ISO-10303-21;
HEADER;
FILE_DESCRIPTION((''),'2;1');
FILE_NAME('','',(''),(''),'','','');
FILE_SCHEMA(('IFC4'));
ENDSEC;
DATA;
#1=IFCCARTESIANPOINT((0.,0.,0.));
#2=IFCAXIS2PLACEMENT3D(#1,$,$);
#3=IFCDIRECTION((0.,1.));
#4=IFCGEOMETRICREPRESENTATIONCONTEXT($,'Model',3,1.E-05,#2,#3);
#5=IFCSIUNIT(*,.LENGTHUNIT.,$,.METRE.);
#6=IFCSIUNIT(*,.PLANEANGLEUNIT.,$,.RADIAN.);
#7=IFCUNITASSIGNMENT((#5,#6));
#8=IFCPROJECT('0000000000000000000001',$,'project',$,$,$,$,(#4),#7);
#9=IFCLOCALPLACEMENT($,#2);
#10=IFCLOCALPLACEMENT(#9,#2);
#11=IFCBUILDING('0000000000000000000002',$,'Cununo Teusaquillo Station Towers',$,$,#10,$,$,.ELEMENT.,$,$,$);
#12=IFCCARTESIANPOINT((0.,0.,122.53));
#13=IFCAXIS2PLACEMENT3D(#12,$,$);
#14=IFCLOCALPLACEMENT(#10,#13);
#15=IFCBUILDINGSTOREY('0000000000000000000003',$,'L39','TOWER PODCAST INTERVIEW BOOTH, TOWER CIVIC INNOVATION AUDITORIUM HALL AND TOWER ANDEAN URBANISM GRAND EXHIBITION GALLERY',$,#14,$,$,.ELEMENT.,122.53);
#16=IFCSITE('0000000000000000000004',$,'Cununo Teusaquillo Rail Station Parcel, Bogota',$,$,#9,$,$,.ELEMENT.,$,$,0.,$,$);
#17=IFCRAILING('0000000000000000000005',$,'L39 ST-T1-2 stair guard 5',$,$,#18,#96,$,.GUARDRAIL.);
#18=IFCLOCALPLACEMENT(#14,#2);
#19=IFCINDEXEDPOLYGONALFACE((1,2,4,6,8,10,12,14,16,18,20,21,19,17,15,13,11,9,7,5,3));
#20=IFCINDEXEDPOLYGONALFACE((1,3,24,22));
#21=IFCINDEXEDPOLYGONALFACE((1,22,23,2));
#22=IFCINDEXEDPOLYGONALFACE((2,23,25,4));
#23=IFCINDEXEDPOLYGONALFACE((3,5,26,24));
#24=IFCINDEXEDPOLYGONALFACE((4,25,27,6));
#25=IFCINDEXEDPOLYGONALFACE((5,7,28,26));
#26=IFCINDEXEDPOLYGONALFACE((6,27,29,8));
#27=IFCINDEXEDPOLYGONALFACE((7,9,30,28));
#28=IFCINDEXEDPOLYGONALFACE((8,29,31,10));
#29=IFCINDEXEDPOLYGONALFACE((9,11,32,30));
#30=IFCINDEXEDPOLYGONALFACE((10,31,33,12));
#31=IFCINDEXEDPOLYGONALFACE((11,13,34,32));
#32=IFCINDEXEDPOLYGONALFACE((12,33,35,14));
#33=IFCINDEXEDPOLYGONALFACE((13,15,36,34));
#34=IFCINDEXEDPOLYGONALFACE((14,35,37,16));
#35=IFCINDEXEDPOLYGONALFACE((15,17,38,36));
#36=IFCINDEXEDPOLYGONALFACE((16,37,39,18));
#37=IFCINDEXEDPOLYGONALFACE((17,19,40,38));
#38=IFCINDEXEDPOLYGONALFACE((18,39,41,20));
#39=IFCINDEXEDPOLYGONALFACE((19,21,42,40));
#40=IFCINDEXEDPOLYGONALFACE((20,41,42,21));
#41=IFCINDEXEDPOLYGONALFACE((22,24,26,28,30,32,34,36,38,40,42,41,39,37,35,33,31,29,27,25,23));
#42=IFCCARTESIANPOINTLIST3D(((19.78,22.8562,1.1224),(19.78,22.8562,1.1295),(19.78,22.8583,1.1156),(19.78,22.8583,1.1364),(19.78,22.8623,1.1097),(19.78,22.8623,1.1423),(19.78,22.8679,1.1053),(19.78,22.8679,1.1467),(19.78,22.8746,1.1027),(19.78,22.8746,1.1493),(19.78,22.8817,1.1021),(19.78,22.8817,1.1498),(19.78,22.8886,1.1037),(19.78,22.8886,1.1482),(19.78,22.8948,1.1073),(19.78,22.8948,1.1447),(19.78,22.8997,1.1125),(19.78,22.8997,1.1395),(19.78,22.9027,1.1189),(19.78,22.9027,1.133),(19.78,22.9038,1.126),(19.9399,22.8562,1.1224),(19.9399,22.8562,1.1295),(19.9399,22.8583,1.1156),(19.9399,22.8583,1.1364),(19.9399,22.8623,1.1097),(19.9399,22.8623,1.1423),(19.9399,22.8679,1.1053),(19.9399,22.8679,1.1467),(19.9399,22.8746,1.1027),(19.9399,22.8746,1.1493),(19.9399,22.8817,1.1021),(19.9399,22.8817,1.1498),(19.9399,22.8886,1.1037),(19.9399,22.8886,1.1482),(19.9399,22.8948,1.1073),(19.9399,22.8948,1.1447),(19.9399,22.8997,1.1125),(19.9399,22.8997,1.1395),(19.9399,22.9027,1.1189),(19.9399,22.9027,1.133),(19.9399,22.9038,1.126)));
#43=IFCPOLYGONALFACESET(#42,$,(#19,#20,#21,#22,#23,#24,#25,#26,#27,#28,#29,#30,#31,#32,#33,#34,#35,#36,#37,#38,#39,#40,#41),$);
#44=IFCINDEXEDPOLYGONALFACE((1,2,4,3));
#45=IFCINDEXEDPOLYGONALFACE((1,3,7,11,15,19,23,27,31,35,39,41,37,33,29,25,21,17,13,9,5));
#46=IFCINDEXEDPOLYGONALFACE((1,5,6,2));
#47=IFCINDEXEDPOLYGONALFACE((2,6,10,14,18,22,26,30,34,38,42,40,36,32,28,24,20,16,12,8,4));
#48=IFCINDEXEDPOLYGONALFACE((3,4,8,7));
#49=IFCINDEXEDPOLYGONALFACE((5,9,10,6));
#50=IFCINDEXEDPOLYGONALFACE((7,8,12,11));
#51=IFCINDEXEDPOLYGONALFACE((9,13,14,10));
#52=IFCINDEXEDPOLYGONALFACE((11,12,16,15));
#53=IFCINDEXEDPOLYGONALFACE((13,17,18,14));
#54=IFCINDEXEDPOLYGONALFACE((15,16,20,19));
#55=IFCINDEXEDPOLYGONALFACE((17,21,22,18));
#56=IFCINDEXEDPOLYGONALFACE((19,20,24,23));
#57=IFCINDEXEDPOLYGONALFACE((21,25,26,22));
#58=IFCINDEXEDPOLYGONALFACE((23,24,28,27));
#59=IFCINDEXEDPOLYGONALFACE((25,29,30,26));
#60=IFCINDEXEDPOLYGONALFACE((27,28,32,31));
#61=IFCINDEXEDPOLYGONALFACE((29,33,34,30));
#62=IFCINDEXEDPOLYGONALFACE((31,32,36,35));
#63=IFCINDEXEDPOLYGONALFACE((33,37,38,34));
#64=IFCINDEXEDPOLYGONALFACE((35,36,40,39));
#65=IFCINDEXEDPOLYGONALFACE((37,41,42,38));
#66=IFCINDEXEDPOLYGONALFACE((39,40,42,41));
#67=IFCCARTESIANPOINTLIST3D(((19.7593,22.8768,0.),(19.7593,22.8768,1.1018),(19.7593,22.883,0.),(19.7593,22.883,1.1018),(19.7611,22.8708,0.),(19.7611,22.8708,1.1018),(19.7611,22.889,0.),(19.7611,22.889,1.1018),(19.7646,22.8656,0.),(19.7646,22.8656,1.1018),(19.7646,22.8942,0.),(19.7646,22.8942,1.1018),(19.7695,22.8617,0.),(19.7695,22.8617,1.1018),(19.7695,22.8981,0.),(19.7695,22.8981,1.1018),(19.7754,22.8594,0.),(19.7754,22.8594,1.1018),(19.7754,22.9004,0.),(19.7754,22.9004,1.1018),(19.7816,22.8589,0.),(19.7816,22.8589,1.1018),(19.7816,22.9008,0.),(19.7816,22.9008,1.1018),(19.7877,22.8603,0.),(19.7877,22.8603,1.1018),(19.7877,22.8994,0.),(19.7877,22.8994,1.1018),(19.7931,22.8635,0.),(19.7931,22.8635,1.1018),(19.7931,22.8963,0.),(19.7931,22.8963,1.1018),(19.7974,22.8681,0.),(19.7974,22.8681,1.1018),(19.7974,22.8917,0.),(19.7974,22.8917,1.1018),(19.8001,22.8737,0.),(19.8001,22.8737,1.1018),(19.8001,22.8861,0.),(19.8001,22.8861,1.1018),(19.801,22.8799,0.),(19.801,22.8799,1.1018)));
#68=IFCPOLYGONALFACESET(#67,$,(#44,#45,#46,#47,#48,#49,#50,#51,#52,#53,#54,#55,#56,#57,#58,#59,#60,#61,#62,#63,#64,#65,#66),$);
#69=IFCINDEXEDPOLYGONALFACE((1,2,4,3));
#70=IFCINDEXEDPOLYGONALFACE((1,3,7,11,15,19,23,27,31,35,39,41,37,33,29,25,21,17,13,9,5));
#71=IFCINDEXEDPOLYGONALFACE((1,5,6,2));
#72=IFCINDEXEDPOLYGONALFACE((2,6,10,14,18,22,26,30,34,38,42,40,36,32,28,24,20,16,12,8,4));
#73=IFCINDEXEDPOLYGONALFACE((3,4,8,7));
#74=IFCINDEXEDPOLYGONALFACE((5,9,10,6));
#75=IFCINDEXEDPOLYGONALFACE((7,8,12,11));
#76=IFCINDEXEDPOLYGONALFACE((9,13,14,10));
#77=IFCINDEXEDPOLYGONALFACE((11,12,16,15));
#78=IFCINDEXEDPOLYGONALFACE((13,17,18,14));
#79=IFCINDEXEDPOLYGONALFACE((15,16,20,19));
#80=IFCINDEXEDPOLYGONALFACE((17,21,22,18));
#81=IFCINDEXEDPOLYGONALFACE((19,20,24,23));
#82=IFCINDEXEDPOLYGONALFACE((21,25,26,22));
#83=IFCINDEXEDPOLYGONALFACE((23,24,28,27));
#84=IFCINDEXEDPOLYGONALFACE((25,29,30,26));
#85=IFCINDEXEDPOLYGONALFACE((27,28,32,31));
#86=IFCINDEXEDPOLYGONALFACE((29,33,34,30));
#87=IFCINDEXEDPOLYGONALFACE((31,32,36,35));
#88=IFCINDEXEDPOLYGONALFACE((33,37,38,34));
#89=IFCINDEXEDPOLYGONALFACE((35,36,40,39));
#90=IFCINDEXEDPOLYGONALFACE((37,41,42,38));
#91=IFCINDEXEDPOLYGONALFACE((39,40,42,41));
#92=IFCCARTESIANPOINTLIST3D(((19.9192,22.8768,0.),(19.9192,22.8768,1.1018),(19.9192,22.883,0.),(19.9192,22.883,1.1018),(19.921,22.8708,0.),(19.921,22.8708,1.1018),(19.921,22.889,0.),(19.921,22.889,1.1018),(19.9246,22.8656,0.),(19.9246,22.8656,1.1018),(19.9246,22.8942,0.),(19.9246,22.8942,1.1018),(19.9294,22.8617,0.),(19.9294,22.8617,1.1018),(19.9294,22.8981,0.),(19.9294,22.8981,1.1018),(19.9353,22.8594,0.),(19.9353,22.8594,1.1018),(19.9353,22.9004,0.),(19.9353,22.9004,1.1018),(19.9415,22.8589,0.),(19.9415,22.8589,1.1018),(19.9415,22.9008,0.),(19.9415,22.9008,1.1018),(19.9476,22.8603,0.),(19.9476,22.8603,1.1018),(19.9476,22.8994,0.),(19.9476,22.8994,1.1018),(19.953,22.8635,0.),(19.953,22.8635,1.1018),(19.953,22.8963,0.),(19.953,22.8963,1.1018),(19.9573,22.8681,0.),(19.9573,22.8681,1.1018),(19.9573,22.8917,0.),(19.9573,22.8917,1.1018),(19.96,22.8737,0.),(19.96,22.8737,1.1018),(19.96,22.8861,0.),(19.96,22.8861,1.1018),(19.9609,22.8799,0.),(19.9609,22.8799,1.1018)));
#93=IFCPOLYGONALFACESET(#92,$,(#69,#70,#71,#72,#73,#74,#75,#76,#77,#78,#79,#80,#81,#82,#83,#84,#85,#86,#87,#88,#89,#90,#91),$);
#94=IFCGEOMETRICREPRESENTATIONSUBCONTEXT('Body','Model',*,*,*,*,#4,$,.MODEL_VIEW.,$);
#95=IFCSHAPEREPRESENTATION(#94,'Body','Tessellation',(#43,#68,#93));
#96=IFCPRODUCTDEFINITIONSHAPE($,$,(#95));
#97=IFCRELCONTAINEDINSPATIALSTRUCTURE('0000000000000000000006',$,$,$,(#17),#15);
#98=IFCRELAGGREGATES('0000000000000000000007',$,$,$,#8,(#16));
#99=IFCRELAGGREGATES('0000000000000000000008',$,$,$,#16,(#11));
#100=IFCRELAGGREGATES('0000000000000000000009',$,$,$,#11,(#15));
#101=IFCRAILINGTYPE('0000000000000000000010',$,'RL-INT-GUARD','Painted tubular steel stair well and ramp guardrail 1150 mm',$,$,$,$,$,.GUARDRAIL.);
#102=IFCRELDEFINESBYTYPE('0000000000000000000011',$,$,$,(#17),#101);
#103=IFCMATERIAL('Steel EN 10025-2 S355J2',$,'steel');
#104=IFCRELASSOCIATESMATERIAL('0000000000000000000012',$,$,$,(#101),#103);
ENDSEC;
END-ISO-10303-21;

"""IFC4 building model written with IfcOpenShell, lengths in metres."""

from ifc_helpers import new_model, si_unit, direction, frame, origin, origin_2d, place, context, subcontext, project, spatial, circle, extrude, material, type_object, element, save


model = new_model("IFC4")

# Units and contexts
model_context = context("Model", 3, precision=1e-05, world=origin(), true_north=direction((0.0, 1.0)))
body_context = subcontext(model_context, "Body", "Model", "MODEL_VIEW")
ifc_project = project(units=[si_unit("LENGTHUNIT", "METRE"), si_unit("PLANEANGLEUNIT", "RADIAN")], contexts=[model_context])

# Site, building, storey
site_placement = place(None, origin())
site = spatial("IfcSite", under=ifc_project, at=site_placement, Name="Cununo Teusaquillo Rail Station Parcel, Bogota", CompositionType="ELEMENT", RefElevation=0.0)
building_placement = place(site_placement, origin())
building = spatial("IfcBuilding", under=site, at=building_placement, Name="Cununo Teusaquillo Station Towers", CompositionType="ELEMENT")
storey_placement = place(building_placement, frame((0.0, 0.0, 122.53)))
storey = spatial("IfcBuildingStorey", under=building, at=storey_placement, Name="L39", Description="TOWER PODCAST INTERVIEW BOOTH, TOWER CIVIC INNOVATION AUDITORIUM HALL AND TOWER ANDEAN URBANISM GRAND EXHIBITION GALLERY", CompositionType="ELEMENT", Elevation=122.53)

# Railing
ifc_material_1 = material(Name="Steel EN 10025-2 S355J2", Category="steel")
railing_type_1 = type_object("IfcRailingType", Name="RL-INT-GUARD", Description="Painted tubular steel stair well and ramp guardrail 1150 mm", PredefinedType="GUARDRAIL", material=ifc_material_1)
railing_1_placement = place(storey_placement, frame((19.78, 22.8799, 0.0)))
element("IfcRailing", 1, at=railing_1_placement, inside=storey, type_object=railing_type_1, Name="L39 ST-T1-2 stair guard 5", PredefinedType="GUARDRAIL", context=body_context, shape_type="SweptSolid", body=[
    extrude(circle(Radius=0.0239, at=origin_2d()), frame((0.0, 0.0, 1.126), z_axis=(1.0, 0.0, 0.0), x_axis=(0.0, 1.0, 0.0)), (0.0, 0.0, 1.0), 0.1599),
    extrude(circle(Radius=0.021, at=origin_2d()), origin(), (0.0, 0.0, 1.0), 1.1018),
    extrude(circle(Radius=0.021, at=origin_2d()), frame((0.1599, 0.0, 0.0)), (0.0, 0.0, 1.0), 1.1018),
])

save(model, "model.ifc")
